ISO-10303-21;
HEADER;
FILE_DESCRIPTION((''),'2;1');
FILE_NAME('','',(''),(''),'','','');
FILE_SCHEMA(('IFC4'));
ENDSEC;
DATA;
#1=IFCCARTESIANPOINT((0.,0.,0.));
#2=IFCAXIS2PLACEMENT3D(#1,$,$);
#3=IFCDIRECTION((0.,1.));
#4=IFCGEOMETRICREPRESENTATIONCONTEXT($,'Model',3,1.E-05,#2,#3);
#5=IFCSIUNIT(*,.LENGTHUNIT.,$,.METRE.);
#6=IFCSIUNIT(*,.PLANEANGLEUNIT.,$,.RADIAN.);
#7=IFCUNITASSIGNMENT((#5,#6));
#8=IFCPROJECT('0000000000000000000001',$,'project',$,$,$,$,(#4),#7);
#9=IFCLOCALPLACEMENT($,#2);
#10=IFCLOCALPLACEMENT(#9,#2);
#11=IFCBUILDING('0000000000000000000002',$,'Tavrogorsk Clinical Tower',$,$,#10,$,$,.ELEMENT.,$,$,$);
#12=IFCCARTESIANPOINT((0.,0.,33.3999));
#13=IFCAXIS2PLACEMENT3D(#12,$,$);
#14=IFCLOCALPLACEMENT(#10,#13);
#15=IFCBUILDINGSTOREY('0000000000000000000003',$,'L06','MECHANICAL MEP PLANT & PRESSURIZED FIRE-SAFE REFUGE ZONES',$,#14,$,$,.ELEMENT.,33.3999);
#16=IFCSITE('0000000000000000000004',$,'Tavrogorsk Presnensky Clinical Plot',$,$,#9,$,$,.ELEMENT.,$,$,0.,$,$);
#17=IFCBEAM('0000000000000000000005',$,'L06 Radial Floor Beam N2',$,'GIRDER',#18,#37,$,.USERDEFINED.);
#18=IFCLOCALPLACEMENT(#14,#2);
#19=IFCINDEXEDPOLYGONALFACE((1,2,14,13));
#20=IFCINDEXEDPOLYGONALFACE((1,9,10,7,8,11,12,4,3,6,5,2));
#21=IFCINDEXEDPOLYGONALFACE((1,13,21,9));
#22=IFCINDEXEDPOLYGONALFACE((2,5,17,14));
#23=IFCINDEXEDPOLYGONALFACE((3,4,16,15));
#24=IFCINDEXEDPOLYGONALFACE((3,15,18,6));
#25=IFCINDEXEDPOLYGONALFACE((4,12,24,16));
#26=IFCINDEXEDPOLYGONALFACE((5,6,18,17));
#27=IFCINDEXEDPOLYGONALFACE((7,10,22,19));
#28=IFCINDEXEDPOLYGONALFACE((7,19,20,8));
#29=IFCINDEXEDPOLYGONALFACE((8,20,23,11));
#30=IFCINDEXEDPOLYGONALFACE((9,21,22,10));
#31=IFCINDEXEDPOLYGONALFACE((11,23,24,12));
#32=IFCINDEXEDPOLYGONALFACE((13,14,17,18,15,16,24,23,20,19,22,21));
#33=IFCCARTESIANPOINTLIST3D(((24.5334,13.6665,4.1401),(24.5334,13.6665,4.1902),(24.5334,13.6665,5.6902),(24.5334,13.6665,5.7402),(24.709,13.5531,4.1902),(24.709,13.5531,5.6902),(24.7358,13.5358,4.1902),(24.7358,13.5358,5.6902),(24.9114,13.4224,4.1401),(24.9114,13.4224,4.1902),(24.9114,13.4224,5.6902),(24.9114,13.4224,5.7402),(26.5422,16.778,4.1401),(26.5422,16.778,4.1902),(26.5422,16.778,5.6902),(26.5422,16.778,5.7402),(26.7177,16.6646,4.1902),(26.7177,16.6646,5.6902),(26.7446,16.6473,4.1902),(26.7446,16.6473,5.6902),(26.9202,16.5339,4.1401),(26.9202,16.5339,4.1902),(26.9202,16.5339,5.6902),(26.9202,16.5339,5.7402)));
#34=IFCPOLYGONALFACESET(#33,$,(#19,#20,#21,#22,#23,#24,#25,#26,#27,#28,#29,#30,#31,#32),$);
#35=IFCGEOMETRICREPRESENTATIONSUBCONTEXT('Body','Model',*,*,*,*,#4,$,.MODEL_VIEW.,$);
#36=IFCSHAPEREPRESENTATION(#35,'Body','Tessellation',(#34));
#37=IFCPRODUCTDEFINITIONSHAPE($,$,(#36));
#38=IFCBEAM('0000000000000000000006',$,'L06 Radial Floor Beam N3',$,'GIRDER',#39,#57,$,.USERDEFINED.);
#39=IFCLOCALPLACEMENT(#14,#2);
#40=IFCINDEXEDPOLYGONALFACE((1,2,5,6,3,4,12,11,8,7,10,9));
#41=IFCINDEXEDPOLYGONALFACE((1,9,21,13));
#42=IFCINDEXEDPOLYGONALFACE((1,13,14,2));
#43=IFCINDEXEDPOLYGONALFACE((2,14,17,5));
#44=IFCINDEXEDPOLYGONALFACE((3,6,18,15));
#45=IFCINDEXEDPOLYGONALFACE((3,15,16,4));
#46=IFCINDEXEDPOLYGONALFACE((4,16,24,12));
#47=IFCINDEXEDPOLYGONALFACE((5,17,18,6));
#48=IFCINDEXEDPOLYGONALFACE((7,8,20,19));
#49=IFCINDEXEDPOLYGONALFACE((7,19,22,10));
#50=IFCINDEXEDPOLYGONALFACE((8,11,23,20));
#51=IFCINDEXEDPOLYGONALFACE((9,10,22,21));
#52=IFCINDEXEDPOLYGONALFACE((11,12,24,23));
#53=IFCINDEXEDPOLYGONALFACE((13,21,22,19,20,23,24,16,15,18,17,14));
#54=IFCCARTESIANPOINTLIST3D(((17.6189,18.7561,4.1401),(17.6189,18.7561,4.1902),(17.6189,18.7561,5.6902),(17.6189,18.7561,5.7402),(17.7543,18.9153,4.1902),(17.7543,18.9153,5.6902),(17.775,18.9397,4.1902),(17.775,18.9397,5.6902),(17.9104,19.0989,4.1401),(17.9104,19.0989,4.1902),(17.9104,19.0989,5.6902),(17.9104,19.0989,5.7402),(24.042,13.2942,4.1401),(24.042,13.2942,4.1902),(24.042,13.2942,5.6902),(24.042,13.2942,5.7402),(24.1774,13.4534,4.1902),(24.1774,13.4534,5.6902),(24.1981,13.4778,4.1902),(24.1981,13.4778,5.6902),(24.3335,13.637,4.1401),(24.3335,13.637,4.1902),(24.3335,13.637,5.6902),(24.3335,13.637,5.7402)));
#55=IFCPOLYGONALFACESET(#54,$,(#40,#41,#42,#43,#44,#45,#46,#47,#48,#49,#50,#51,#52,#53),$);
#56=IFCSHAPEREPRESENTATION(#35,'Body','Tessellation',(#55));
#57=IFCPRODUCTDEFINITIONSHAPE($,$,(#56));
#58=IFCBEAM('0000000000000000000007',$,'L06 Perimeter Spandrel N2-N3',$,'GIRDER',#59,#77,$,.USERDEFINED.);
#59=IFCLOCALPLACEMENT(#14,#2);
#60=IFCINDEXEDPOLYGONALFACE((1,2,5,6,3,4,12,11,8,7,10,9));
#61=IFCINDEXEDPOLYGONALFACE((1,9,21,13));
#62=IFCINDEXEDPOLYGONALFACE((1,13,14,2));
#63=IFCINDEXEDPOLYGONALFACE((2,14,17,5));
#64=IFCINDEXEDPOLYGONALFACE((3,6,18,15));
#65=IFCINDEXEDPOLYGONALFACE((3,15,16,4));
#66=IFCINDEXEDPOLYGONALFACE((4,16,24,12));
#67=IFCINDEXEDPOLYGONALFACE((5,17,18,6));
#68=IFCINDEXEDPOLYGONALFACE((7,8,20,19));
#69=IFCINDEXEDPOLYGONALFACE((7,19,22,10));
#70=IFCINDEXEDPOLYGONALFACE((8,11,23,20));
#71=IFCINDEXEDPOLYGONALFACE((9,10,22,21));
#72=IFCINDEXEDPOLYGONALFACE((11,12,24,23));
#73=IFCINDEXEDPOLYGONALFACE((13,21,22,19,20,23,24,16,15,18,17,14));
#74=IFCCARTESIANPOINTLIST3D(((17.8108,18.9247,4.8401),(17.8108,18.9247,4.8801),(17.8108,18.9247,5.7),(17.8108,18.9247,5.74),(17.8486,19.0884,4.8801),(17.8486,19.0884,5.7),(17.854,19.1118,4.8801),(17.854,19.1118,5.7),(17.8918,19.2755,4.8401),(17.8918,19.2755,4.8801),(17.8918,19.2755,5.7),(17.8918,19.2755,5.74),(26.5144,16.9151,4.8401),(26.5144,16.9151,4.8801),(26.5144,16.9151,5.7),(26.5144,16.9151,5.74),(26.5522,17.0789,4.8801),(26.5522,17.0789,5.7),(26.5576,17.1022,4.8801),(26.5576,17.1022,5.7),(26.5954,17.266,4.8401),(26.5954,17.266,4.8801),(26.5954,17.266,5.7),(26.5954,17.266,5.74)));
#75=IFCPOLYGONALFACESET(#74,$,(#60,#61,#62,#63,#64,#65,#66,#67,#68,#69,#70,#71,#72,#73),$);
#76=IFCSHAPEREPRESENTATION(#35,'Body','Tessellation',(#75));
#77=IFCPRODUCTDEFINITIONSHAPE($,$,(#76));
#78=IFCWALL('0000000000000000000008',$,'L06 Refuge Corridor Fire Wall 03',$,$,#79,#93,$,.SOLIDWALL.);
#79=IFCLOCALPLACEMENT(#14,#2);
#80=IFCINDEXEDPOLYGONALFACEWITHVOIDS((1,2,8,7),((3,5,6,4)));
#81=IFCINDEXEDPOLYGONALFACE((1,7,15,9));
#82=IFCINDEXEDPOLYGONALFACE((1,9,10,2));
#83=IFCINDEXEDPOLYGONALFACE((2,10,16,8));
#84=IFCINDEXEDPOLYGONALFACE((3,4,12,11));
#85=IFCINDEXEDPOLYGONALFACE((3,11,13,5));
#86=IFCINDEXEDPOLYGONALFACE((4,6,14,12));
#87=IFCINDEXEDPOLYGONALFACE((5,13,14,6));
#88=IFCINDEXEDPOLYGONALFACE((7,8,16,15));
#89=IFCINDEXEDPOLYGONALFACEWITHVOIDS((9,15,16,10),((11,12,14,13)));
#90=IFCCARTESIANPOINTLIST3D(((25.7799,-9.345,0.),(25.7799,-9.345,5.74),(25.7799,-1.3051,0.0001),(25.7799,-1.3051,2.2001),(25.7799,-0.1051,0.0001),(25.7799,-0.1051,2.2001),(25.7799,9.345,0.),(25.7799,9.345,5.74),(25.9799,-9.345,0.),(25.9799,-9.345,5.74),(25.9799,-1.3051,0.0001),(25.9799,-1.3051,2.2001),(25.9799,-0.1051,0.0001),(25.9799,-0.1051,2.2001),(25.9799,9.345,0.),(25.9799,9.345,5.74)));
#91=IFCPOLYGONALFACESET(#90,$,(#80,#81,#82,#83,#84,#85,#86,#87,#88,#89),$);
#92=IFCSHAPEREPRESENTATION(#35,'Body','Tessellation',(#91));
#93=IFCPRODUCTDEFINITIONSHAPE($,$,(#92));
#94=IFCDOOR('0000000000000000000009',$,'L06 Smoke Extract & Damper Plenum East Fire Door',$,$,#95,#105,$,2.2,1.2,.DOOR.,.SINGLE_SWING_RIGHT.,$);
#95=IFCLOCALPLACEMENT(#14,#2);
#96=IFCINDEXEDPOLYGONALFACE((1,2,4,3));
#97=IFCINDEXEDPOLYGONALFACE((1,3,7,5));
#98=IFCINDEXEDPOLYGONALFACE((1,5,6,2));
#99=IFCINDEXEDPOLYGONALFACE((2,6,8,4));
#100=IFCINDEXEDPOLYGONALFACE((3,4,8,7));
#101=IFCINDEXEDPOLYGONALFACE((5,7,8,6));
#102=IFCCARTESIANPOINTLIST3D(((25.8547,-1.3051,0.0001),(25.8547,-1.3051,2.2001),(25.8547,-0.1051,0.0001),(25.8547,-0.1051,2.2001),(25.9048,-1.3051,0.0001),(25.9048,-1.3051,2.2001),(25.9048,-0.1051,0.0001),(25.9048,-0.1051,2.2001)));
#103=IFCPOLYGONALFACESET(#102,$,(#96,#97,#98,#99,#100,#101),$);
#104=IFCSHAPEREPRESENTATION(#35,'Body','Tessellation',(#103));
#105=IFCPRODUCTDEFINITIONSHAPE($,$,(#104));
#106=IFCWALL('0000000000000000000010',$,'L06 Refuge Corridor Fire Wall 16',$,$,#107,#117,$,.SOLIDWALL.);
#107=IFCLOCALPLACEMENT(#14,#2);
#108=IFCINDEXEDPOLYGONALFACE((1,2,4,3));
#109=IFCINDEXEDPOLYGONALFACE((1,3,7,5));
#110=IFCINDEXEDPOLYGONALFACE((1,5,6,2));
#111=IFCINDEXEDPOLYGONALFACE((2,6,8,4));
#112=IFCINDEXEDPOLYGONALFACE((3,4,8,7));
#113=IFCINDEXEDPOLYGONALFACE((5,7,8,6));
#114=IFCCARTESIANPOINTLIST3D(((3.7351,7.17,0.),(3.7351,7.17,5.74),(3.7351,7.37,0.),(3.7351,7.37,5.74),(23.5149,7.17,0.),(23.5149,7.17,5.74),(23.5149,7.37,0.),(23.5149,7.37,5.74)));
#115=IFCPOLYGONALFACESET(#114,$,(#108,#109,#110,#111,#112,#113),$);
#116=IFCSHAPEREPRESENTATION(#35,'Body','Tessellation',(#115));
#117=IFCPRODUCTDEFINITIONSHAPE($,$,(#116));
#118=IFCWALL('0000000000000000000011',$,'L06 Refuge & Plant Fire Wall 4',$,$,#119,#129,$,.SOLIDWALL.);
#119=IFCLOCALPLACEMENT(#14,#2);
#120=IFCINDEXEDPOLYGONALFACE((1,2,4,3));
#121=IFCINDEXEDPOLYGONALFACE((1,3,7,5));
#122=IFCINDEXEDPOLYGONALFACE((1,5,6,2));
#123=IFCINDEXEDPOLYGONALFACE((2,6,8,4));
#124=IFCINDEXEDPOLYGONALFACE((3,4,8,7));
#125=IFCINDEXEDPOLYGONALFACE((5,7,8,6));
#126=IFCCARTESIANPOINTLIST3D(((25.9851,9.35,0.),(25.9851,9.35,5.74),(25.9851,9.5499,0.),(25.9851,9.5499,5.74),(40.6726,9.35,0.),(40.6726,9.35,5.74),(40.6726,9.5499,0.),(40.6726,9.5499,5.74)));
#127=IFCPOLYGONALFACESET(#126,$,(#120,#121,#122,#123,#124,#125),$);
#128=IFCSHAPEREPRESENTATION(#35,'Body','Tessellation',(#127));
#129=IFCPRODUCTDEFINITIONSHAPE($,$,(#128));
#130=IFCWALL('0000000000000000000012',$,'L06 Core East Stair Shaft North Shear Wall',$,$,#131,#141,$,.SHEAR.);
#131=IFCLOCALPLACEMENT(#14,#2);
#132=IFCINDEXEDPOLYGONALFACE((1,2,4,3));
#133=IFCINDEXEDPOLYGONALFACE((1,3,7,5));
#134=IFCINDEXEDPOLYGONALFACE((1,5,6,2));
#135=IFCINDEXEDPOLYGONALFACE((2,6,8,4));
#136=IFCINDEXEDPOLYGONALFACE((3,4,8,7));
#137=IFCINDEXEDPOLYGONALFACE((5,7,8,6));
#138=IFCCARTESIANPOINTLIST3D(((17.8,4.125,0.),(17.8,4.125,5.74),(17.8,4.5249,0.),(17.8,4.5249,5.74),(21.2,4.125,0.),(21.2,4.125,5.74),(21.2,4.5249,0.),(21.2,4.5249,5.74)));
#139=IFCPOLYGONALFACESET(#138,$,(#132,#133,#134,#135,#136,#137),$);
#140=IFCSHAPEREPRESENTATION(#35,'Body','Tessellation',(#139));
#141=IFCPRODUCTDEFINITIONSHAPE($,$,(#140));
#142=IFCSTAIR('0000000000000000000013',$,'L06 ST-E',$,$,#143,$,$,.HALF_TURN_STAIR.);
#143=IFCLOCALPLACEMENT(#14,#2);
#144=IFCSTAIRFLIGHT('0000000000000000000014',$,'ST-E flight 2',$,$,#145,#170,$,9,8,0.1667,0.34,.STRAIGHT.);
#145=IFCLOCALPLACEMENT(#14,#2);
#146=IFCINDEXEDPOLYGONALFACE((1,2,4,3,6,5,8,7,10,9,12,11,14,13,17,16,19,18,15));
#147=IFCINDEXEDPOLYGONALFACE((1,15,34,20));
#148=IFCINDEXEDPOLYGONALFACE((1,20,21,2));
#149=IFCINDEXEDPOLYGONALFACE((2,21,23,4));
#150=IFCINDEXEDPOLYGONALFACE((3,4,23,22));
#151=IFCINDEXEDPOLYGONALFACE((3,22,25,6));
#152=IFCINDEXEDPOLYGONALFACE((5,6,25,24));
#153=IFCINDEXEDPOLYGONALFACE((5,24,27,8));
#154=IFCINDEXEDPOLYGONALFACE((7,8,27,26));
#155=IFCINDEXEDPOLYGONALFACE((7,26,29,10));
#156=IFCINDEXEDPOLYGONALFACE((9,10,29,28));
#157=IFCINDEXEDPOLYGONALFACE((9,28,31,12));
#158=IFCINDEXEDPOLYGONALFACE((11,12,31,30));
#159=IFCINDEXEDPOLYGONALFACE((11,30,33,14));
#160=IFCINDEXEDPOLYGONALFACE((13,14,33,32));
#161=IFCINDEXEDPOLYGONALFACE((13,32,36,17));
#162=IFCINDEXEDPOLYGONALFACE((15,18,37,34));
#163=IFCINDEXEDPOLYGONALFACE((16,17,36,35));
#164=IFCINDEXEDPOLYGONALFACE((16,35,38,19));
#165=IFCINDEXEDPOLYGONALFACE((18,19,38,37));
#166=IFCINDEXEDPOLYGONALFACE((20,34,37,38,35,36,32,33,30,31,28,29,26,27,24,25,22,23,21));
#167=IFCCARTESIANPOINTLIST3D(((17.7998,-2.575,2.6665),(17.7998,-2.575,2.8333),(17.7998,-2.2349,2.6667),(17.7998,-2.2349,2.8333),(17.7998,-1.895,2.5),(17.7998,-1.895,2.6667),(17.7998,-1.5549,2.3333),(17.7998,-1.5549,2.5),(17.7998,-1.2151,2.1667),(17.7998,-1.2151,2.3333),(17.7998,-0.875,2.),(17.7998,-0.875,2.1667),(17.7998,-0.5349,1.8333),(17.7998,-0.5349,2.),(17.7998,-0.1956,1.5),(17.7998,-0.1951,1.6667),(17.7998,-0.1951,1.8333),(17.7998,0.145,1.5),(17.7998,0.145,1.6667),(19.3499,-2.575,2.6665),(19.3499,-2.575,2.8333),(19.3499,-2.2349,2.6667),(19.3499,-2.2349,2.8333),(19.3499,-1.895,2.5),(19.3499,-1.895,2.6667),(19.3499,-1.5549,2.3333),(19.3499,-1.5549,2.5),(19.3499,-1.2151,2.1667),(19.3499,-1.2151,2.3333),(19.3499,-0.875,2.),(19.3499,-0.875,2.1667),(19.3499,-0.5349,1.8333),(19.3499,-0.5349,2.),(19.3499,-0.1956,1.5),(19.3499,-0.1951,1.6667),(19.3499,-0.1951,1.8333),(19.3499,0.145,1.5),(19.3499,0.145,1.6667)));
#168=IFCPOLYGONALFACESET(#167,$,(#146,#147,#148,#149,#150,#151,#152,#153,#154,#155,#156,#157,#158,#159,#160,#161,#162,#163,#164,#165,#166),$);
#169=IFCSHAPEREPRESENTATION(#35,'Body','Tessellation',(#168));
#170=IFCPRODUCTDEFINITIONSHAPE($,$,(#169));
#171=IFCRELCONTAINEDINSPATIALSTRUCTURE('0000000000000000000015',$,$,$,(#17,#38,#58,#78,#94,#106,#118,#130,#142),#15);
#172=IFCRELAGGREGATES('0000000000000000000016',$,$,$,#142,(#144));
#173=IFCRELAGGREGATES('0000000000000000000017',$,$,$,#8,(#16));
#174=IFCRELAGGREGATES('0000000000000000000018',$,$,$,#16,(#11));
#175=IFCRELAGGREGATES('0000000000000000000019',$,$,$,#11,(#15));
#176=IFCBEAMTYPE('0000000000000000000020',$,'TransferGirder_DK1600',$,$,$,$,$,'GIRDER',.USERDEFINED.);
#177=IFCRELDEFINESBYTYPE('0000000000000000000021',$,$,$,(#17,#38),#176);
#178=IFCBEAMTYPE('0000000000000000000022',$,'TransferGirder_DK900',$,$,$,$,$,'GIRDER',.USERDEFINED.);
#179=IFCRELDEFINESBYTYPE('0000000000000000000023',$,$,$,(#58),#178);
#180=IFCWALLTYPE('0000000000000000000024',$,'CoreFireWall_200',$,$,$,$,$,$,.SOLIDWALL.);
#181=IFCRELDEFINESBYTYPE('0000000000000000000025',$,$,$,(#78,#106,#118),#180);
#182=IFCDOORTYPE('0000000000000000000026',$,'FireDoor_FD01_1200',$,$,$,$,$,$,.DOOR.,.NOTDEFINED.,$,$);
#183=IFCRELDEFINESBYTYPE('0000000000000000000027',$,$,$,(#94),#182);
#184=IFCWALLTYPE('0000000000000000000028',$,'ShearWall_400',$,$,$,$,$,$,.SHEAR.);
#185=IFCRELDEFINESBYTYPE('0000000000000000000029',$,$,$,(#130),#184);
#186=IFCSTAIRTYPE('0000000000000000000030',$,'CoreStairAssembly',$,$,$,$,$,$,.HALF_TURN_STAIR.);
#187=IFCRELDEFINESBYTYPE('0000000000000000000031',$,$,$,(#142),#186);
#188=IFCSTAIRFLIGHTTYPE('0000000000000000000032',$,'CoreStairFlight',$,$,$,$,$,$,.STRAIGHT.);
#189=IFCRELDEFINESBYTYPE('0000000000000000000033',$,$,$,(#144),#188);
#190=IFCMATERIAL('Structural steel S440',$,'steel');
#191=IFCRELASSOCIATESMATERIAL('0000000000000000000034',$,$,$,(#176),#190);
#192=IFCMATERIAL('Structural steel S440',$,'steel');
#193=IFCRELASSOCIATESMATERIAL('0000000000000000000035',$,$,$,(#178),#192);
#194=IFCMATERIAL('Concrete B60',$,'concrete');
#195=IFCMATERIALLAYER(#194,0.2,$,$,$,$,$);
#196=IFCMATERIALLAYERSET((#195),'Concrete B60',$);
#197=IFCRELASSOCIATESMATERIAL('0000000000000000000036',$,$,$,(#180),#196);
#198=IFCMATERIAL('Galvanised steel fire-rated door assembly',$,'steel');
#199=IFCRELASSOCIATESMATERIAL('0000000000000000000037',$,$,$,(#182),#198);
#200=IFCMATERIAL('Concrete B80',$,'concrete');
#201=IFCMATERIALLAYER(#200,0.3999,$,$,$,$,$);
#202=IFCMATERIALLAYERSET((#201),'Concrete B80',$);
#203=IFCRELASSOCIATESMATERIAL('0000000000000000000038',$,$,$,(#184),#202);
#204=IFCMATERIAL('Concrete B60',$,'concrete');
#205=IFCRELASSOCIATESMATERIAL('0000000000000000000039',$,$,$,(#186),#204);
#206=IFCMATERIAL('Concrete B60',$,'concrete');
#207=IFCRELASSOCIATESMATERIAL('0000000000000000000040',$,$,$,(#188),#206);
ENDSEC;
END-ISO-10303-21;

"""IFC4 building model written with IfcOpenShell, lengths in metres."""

from ifc_helpers import new_model, si_unit, direction, frame, frame_2d, origin, origin_2d, place, context, subcontext, project, spatial, polyline, rectangle, i_section, outline, extrude, material, layer, layer_set, material_profile, profile_set, type_object, element, fill, aggregate, save


model = new_model("IFC4")

# Units and contexts
model_context = context("Model", 3, precision=1e-05, world=origin(), true_north=direction((0.0, 1.0)))
body_context = subcontext(model_context, "Body", "Model", "MODEL_VIEW")
ifc_project = project(units=[si_unit("LENGTHUNIT", "METRE"), si_unit("PLANEANGLEUNIT", "RADIAN")], contexts=[model_context])

# Site, building, storey
site_placement = place(None, origin())
site = spatial("IfcSite", under=ifc_project, at=site_placement, Name="Tavrogorsk Presnensky Clinical Plot", CompositionType="ELEMENT", RefElevation=0.0)
building_placement = place(site_placement, origin())
building = spatial("IfcBuilding", under=site, at=building_placement, Name="Tavrogorsk Clinical Tower", CompositionType="ELEMENT")
storey_placement = place(building_placement, frame((0.0, 0.0, 33.3999)))
storey = spatial("IfcBuildingStorey", under=building, at=storey_placement, Name="L06", Description="MECHANICAL MEP PLANT & PRESSURIZED FIRE-SAFE REFUGE ZONES", CompositionType="ELEMENT", Elevation=33.3999)

# Beams
ifc_material_1 = material(Name="Structural steel S440", Category="steel")
ifc_material_profile_1 = material_profile(ifc_material_1, i_section(OverallWidth=0.45, OverallDepth=1.6001, WebThickness=0.032, FlangeThickness=0.05, at=origin_2d()), Name="DK-1600x450x32x50")
ifc_profile_set_1 = profile_set([ifc_material_profile_1], Name="Structural steel S440")
beam_type_1 = type_object("IfcBeamType", Name="TransferGirder_DK1600", ElementType="GIRDER", PredefinedType="USERDEFINED", material=ifc_profile_set_1)
beam_1_placement = place(storey_placement, frame((24.7224, 13.5444, 4.9402), z_axis=(0.542379, 0.840134, 0.0), x_axis=(-0.840134, 0.542379, 0.0)))
element("IfcBeam", 1, at=beam_1_placement, inside=storey, type_object=beam_type_1, Name="L06 Radial Floor Beam N2", ObjectType="GIRDER", PredefinedType="USERDEFINED", context=body_context, shape_type="SweptSolid", body=[
    extrude(i_section(OverallWidth=0.45, OverallDepth=1.6001, WebThickness=0.032, FlangeThickness=0.05, at=origin_2d()), origin(), (0.0, 0.0, 1.0), 3.7036),
])
beam_2_placement = place(storey_placement, frame((24.1877, 13.4656, 4.9402), z_axis=(-0.761806, 0.647806, 0.0), x_axis=(-0.647806, -0.761806, 0.0)))
element("IfcBeam", 2, at=beam_2_placement, inside=storey, type_object=beam_type_1, Name="L06 Radial Floor Beam N3", ObjectType="GIRDER", PredefinedType="USERDEFINED", context=body_context, shape_type="SweptSolid", body=[
    extrude(i_section(OverallWidth=0.45, OverallDepth=1.6001, WebThickness=0.032, FlangeThickness=0.05, at=origin_2d()), origin(), (0.0, 0.0, 1.0), 8.4314),
])
ifc_material_2 = material(Name="Structural steel S440", Category="steel")
ifc_material_profile_2 = material_profile(ifc_material_2, i_section(OverallWidth=0.3601, OverallDepth=0.8999, WebThickness=0.0239, FlangeThickness=0.04, at=origin_2d()), Name="DK-900x360x24x40")
ifc_profile_set_2 = profile_set([ifc_material_profile_2], Name="Structural steel S440")
beam_type_2 = type_object("IfcBeamType", Name="TransferGirder_DK900", ElementType="GIRDER", PredefinedType="USERDEFINED", material=ifc_profile_set_2)
beam_3_placement = place(storey_placement, frame((26.5549, 17.0906, 5.29), z_axis=(-0.974367, 0.224965, 0.0), x_axis=(-0.224965, -0.974367, 0.0)))
element("IfcBeam", 3, at=beam_3_placement, inside=storey, type_object=beam_type_2, Name="L06 Perimeter Spandrel N2-N3", ObjectType="GIRDER", PredefinedType="USERDEFINED", context=body_context, shape_type="SweptSolid", body=[
    extrude(i_section(OverallWidth=0.3601, OverallDepth=0.8999, WebThickness=0.0239, FlangeThickness=0.04, at=origin_2d()), origin(), (0.0, 0.0, 1.0), 8.9326),
])

# Wall, opening, door
ifc_material_3 = material(Name="Concrete B60", Category="concrete")
ifc_layer_1 = layer(ifc_material_3, 0.2)
ifc_layer_set_1 = layer_set([ifc_layer_1], Name="Concrete B60")
wall_type_1 = type_object("IfcWallType", Name="CoreFireWall_200", PredefinedType="SOLIDWALL", material=ifc_layer_set_1)
wall_1_placement = place(storey_placement, frame((25.8799, 9.345, 0.0), z_axis=(0.0, 0.0, 1.0), x_axis=(0.0, -1.0, 0.0)))
wall_1 = element("IfcWall", 4, at=wall_1_placement, inside=storey, type_object=wall_type_1, Name="L06 Refuge Corridor Fire Wall 03", PredefinedType="SOLIDWALL", context=body_context, shape_type="SweptSolid", body=[
    extrude(rectangle(XDim=18.6899, YDim=0.2, at=frame_2d((9.345, 0.0))), origin(), (0.0, 0.0, 1.0), 5.74),
])
opening_placement = place(wall_1_placement, frame((9.45, 0.0, 0.0)))
opening = element("IfcOpeningElement", 5, at=opening_placement, cuts=wall_1, PredefinedType="OPENING", context=body_context, shape_type="SweptSolid", body=[
    extrude(rectangle(XDim=1.2, YDim=2.2, at=frame_2d((0.6001, 1.1001))), frame((0.0, 0.1099, 0.0), z_axis=(0.0, -1.0, 0.0), x_axis=(1.0, 0.0, 0.0)), (0.0, 0.0, 1.0), 0.22),
])
ifc_material_4 = material(Name="Galvanised steel fire-rated door assembly", Category="steel")
door_type = type_object("IfcDoorType", Name="FireDoor_FD01_1200", OperationType="NOTDEFINED", PredefinedType="DOOR", material=ifc_material_4)
door_placement = place(opening_placement, origin())
door = element("IfcDoor", 6, at=door_placement, inside=storey, type_object=door_type, Name="L06 Smoke Extract & Damper Plenum East Fire Door", OperationType="SINGLE_SWING_RIGHT", OverallHeight=2.2, OverallWidth=1.2, PredefinedType="DOOR", context=body_context, shape_type="SweptSolid", body=[
    extrude(rectangle(XDim=1.2, YDim=2.2, at=frame_2d((0.6001, 1.1001))), frame((0.0, 0.0249, 0.0), z_axis=(0.0, -1.0, 0.0), x_axis=(1.0, 0.0, 0.0)), (0.0, 0.0, 1.0), 0.05),
])
fill(opening, door)

# Walls
wall_2_placement = place(storey_placement, frame((23.5149, 7.27, 0.0), z_axis=(0.0, 0.0, 1.0), x_axis=(-1.0, 0.0, 0.0)))
element("IfcWall", 7, at=wall_2_placement, inside=storey, type_object=wall_type_1, Name="L06 Refuge Corridor Fire Wall 16", PredefinedType="SOLIDWALL", context=body_context, shape_type="SweptSolid", body=[
    extrude(rectangle(XDim=19.7798, YDim=0.2, at=frame_2d((9.8899, 0.0))), origin(), (0.0, 0.0, 1.0), 5.74),
])
wall_3_placement = place(storey_placement, frame((25.9851, 9.45, 0.0), z_axis=(0.0, 0.0, 1.0), x_axis=(1.0, 0.0, 0.0)))
element("IfcWall", 8, at=wall_3_placement, inside=storey, type_object=wall_type_1, Name="L06 Refuge & Plant Fire Wall 4", PredefinedType="SOLIDWALL", context=body_context, shape_type="SweptSolid", body=[
    extrude(rectangle(XDim=14.6875, YDim=0.2, at=frame_2d((7.3438, 0.0))), origin(), (0.0, 0.0, 1.0), 5.74),
])
ifc_material_5 = material(Name="Concrete B80", Category="concrete")
ifc_layer_2 = layer(ifc_material_5, 0.3999)
ifc_layer_set_2 = layer_set([ifc_layer_2], Name="Concrete B80")
wall_type_2 = type_object("IfcWallType", Name="ShearWall_400", PredefinedType="SHEAR", material=ifc_layer_set_2)
wall_4_placement = place(storey_placement, frame((17.8, 4.325, 0.0), z_axis=(0.0, 0.0, 1.0), x_axis=(1.0, 0.0, 0.0)))
element("IfcWall", 9, at=wall_4_placement, inside=storey, type_object=wall_type_2, Name="L06 Core East Stair Shaft North Shear Wall", PredefinedType="SHEAR", context=body_context, shape_type="SweptSolid", body=[
    extrude(rectangle(XDim=3.3999, YDim=0.3999, at=frame_2d((1.7, 0.0))), origin(), (0.0, 0.0, 1.0), 5.74),
])

# Stair, stair flight
ifc_material_6 = material(Name="Concrete B60", Category="concrete")
stair_type = type_object("IfcStairType", Name="CoreStairAssembly", PredefinedType="HALF_TURN_STAIR", material=ifc_material_6)
stair_placement = place(storey_placement, origin())
stair = element("IfcStair", 10, at=stair_placement, inside=storey, type_object=stair_type, Name="L06 ST-E", PredefinedType="HALF_TURN_STAIR")
ifc_material_7 = material(Name="Concrete B60", Category="concrete")
stair_flight_type = type_object("IfcStairFlightType", Name="CoreStairFlight", PredefinedType="STRAIGHT", material=ifc_material_7)
stair_flight_1_placement = place(storey_placement, frame((18.575, 0.145, 1.5), z_axis=(0.0, 0.0, 1.0), x_axis=(0.0, -1.0, 0.0)))
stair_flight_1 = element("IfcStairFlight", 11, at=stair_flight_1_placement, type_object=stair_flight_type, Name="ST-E flight 2", NumberOfRisers=9, NumberOfTreads=8, PredefinedType="STRAIGHT", RiserHeight=0.1667, TreadLength=0.34, context=body_context, shape_type="SweptSolid", body=[
    extrude(outline(polyline([(0.0, 0.0), (0.0, 0.1667), (0.3401, 0.1667), (0.3401, 0.3333), (0.6799, 0.3333), (0.6799, 0.5), (1.02, 0.5), (1.02, 0.6667), (1.3601, 0.6667), (1.3601, 0.8333), (1.7, 0.8333), (1.7, 1.0), (2.04, 1.0), (2.04, 1.1667), (2.3799, 1.1667), (2.3799, 1.3333), (2.72, 1.3333), (2.72, 1.5), (2.72, 1.1665), (0.3406, 0.0), (0.0, 0.0)])), frame((0.0, 0.7749, 0.0), z_axis=(0.0, -1.0, 0.0), x_axis=(1.0, 0.0, 0.0)), (0.0, 0.0, 1.0), 1.55),
])
aggregate(stair, [stair_flight_1])

save(model, "model.ifc")
